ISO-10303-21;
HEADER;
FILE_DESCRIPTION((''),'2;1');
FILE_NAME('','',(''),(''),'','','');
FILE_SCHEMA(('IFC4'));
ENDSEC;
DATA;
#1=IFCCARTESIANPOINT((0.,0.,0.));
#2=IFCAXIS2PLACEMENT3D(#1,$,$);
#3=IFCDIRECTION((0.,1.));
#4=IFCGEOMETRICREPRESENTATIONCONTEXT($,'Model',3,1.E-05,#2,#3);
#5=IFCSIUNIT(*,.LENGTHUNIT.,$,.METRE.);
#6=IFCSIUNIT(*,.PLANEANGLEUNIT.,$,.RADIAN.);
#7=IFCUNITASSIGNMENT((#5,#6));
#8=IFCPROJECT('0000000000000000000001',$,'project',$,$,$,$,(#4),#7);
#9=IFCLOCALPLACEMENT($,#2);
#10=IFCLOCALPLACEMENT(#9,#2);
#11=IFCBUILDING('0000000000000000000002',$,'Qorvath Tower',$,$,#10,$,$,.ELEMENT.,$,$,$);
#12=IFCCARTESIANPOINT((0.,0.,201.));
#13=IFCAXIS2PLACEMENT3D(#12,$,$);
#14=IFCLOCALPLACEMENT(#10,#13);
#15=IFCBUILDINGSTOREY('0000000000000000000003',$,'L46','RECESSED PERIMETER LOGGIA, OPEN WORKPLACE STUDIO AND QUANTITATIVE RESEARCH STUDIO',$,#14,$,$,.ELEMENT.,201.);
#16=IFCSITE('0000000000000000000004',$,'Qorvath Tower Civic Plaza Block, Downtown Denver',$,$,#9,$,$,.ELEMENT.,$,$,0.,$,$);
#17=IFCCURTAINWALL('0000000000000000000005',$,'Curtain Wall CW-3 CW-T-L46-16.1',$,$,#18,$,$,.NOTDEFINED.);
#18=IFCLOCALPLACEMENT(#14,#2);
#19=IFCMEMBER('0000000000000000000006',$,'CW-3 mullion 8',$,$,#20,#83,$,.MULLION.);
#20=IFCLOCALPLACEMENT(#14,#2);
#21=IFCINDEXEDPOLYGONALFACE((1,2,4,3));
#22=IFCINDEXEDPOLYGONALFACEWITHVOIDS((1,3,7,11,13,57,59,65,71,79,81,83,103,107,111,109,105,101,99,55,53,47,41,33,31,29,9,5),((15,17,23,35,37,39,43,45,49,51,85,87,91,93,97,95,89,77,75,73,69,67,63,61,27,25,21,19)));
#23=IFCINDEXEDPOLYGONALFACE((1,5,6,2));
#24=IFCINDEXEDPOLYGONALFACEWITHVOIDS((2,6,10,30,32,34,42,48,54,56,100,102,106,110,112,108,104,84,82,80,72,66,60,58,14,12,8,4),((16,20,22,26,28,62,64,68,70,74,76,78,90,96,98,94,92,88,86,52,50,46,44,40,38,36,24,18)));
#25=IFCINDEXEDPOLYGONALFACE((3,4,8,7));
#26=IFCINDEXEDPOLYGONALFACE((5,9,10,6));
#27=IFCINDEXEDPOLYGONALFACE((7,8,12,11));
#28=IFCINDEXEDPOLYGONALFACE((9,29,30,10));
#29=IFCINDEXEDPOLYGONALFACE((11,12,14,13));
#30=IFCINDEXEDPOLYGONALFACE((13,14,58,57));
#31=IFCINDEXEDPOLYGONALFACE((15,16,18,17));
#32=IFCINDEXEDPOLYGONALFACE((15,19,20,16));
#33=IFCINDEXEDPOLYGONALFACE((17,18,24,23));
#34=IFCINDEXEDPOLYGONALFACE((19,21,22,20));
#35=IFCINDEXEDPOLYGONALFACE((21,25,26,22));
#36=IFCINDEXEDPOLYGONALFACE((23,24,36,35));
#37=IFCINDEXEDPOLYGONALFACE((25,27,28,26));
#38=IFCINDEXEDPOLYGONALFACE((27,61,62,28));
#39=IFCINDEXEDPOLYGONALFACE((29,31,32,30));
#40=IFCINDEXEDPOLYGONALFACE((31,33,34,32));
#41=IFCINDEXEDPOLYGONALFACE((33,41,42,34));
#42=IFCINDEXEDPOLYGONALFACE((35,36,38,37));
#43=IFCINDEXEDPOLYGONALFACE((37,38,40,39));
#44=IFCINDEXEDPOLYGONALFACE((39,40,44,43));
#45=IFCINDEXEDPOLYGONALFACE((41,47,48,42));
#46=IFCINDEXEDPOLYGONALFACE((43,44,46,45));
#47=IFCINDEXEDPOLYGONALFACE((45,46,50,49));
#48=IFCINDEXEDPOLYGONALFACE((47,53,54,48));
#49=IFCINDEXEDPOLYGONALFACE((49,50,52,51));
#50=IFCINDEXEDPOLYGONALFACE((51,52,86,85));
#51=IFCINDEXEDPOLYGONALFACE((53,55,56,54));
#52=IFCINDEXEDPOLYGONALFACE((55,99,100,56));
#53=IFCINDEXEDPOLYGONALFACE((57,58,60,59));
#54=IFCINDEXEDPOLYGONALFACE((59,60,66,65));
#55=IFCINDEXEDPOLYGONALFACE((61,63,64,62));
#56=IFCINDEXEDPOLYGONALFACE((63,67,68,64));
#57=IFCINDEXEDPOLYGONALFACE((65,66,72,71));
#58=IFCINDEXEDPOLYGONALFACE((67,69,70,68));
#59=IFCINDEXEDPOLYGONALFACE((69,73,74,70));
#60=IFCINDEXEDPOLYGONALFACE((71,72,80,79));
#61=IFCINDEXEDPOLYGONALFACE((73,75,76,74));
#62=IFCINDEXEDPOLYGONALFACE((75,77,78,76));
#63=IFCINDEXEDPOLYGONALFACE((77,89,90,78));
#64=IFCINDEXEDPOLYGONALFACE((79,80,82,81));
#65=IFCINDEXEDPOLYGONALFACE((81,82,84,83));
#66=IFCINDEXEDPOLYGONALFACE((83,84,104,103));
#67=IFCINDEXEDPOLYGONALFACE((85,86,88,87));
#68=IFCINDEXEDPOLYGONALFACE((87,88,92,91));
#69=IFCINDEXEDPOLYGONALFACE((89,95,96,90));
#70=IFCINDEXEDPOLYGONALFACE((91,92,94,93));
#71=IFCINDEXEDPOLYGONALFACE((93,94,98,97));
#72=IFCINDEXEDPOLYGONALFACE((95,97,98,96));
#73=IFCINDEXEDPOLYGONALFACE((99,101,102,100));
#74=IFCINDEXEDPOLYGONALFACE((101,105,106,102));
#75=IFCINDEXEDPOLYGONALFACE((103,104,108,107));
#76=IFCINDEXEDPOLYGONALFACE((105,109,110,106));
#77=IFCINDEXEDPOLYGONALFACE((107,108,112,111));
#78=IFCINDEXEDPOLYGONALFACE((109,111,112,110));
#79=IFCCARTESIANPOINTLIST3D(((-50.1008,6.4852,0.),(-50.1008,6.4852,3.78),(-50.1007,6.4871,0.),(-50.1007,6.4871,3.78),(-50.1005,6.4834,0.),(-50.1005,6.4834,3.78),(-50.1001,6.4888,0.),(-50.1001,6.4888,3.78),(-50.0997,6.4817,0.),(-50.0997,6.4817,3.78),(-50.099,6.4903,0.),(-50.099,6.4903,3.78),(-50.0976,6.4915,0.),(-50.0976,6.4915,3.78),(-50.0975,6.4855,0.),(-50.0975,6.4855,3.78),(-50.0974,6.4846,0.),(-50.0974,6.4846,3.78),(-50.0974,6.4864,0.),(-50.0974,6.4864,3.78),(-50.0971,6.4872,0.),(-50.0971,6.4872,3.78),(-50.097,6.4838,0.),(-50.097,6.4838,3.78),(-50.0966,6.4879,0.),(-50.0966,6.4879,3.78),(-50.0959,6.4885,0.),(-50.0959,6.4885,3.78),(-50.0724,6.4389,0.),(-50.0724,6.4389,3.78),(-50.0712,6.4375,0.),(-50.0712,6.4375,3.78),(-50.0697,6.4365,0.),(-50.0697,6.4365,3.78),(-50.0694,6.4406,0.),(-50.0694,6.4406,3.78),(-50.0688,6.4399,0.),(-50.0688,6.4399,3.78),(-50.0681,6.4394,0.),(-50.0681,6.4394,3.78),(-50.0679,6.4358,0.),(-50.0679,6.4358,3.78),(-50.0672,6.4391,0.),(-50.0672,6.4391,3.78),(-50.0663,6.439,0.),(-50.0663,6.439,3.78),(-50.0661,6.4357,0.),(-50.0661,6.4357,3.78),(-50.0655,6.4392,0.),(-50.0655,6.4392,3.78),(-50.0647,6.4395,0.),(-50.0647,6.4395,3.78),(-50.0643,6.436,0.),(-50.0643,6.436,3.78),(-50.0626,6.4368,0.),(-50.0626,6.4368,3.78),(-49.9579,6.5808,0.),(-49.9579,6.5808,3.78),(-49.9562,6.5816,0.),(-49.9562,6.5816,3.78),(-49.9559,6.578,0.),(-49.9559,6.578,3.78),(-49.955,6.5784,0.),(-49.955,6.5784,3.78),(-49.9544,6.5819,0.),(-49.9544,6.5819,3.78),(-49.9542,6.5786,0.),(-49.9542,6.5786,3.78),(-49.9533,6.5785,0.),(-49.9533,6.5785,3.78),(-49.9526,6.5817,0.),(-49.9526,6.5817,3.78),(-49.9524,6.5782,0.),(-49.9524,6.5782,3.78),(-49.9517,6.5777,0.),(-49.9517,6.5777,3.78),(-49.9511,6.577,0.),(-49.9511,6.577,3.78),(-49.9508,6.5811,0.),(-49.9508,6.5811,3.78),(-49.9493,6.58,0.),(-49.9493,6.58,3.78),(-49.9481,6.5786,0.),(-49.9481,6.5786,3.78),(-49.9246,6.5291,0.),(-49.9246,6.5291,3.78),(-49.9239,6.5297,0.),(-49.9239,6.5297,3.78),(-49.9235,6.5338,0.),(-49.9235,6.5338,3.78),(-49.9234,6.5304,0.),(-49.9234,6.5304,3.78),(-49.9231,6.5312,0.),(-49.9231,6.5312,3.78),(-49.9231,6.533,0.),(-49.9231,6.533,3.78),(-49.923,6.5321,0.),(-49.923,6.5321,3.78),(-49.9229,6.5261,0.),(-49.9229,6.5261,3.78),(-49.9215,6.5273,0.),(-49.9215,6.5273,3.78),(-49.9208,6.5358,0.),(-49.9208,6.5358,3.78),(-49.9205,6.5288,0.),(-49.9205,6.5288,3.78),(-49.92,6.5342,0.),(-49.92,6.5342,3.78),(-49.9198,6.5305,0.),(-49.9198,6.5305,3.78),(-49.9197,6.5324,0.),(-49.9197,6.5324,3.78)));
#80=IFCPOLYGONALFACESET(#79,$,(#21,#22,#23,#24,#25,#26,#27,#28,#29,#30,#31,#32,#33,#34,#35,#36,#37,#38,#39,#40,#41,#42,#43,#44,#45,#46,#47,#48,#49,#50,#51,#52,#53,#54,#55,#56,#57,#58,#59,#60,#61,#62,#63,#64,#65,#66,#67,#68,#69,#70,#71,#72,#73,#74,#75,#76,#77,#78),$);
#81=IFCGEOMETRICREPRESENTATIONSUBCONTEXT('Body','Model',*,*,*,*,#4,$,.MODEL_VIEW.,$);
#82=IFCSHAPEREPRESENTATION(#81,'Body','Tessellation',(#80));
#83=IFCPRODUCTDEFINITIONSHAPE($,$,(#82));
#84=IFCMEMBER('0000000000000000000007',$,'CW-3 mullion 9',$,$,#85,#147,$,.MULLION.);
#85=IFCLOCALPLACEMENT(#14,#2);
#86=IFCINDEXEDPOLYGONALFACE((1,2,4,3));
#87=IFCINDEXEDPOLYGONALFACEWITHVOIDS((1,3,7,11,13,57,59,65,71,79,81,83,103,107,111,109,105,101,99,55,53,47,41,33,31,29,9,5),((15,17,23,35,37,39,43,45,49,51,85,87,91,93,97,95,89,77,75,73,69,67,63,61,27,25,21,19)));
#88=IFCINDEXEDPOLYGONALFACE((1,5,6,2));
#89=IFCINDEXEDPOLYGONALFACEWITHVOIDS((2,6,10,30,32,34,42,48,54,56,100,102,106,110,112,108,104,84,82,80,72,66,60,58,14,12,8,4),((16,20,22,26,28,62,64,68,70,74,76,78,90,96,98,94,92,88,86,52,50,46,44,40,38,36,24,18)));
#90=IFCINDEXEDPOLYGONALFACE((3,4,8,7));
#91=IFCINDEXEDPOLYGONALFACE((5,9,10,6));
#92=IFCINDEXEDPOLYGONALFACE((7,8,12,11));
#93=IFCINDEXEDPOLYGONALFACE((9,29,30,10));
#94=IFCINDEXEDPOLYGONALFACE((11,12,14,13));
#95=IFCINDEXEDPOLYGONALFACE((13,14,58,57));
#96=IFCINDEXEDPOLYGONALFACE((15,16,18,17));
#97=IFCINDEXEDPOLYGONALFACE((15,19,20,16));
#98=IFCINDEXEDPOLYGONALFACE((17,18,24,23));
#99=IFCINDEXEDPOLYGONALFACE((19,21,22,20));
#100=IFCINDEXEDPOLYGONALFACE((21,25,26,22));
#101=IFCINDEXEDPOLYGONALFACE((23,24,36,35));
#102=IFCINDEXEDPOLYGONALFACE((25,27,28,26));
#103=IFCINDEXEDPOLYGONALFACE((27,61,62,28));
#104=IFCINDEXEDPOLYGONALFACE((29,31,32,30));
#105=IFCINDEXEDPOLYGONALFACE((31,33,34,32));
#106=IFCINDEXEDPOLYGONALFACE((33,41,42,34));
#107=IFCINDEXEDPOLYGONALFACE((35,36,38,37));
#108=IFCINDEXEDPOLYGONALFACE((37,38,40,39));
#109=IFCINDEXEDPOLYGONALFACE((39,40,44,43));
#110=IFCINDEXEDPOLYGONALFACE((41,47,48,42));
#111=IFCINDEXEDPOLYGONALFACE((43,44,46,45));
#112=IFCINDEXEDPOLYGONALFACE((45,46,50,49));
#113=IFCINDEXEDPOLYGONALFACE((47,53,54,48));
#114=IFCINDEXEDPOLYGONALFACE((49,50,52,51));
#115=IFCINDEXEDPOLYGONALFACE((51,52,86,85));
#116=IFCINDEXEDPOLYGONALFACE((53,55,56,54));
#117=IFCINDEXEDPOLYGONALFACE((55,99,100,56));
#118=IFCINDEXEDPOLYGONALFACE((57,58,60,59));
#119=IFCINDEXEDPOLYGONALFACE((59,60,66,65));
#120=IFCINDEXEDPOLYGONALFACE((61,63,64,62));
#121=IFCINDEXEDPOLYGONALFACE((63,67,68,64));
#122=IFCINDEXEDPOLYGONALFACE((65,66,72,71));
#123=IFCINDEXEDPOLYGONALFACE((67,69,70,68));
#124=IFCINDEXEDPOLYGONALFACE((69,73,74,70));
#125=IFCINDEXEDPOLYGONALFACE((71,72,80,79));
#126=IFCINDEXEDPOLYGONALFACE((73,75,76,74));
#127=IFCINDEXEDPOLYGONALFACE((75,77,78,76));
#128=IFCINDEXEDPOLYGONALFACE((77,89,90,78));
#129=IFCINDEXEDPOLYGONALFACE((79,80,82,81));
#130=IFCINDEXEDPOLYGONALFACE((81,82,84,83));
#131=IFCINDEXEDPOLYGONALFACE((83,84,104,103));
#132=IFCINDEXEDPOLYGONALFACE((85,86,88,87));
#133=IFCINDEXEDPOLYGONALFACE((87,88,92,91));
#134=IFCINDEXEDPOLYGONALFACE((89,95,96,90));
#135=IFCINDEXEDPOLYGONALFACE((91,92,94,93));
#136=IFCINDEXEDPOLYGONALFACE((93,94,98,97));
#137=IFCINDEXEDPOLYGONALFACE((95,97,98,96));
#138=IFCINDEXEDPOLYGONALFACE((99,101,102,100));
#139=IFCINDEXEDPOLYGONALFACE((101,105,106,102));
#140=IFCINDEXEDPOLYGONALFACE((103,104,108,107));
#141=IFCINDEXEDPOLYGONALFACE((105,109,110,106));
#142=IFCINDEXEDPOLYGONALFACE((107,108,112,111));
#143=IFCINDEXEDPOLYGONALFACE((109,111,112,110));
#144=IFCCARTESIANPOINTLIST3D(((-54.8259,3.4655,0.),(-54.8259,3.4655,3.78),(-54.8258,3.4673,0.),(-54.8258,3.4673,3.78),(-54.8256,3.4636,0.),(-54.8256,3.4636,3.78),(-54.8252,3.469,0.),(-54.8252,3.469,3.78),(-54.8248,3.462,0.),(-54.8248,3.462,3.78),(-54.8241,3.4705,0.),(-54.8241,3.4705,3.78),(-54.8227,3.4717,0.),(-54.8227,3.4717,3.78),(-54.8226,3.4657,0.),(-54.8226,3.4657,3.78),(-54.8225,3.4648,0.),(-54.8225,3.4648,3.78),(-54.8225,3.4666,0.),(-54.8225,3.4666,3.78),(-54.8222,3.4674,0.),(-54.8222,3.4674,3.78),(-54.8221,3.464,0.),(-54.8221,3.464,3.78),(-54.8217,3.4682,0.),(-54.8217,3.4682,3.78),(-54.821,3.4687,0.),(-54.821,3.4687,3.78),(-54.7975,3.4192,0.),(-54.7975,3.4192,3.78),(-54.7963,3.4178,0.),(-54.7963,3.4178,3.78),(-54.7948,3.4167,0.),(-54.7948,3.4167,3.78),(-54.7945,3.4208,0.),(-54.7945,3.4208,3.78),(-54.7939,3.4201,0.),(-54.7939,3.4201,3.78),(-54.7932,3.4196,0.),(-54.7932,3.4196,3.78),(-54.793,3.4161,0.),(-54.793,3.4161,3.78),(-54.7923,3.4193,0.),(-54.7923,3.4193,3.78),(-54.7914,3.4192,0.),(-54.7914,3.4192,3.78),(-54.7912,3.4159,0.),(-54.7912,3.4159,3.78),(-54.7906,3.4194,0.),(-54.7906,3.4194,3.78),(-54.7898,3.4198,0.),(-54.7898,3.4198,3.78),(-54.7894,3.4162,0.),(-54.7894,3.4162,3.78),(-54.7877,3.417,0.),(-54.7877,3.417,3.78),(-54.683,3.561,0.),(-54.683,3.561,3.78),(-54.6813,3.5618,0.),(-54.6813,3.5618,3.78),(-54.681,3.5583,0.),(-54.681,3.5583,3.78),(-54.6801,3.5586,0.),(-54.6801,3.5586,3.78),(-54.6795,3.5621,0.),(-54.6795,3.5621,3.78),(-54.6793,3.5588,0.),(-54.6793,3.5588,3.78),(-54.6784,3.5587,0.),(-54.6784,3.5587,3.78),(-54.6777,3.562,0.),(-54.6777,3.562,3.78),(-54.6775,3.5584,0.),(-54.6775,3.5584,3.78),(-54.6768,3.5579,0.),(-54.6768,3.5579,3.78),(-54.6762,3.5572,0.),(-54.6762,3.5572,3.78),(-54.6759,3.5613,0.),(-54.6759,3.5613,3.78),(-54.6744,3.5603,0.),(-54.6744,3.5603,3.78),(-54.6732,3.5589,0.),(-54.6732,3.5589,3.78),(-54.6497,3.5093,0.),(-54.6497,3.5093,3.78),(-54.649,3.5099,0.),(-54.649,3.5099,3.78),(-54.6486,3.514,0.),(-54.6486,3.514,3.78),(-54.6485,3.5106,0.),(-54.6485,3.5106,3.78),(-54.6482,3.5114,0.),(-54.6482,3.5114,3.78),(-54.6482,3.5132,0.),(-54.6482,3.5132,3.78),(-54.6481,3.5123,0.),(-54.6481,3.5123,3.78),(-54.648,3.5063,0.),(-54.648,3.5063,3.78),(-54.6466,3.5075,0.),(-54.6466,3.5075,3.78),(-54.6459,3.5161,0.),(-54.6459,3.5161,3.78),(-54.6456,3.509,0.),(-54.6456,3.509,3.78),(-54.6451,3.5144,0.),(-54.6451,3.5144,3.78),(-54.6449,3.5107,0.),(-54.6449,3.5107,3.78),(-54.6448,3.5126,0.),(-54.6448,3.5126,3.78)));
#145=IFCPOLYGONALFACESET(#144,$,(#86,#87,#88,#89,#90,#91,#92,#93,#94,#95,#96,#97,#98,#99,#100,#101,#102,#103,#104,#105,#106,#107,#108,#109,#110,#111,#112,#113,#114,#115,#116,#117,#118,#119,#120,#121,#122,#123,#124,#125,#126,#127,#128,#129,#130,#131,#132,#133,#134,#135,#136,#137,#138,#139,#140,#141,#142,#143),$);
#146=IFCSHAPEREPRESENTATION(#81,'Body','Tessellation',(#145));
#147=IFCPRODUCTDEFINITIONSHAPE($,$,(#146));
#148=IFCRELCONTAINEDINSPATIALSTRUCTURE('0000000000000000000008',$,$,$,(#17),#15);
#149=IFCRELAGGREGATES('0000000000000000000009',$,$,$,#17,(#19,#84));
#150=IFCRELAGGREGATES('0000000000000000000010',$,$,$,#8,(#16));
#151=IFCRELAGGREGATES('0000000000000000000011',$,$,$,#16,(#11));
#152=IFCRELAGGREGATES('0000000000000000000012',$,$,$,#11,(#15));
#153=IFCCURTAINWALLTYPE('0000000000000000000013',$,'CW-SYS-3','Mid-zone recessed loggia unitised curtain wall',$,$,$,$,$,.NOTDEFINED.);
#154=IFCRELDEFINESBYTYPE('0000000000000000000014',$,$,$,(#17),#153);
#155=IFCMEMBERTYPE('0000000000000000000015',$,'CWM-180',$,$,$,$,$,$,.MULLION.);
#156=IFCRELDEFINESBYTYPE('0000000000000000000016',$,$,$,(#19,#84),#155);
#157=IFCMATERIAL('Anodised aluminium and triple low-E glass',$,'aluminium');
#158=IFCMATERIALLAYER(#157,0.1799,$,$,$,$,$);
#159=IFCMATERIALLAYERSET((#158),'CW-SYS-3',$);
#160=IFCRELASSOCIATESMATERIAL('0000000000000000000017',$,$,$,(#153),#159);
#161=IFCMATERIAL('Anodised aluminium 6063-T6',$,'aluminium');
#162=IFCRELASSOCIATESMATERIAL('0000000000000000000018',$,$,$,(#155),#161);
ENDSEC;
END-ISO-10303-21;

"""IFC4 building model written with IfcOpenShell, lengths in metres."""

from ifc_helpers import new_model, si_unit, direction, frame, origin, origin_2d, place, context, subcontext, project, spatial, hollow_rectangle, extrude, material, layer, layer_set, material_profile, profile_set, type_object, element, aggregate, save


model = new_model("IFC4")

# Units and contexts
model_context = context("Model", 3, precision=1e-05, world=origin(), true_north=direction((0.0, 1.0)))
body_context = subcontext(model_context, "Body", "Model", "MODEL_VIEW")
ifc_project = project(units=[si_unit("LENGTHUNIT", "METRE"), si_unit("PLANEANGLEUNIT", "RADIAN")], contexts=[model_context])

# Site, building, storey
site_placement = place(None, origin())
site = spatial("IfcSite", under=ifc_project, at=site_placement, Name="Qorvath Tower Civic Plaza Block, Downtown Denver", CompositionType="ELEMENT", RefElevation=0.0)
building_placement = place(site_placement, origin())
building = spatial("IfcBuilding", under=site, at=building_placement, Name="Qorvath Tower", CompositionType="ELEMENT")
storey_placement = place(building_placement, frame((0.0, 0.0, 201.0)))
storey = spatial("IfcBuildingStorey", under=building, at=storey_placement, Name="L46", Description="RECESSED PERIMETER LOGGIA, OPEN WORKPLACE STUDIO AND QUANTITATIVE RESEARCH STUDIO", CompositionType="ELEMENT", Elevation=201.0)

# Curtain wall, members
ifc_material_1 = material(Name="Anodised aluminium and triple low-E glass", Category="aluminium")
ifc_layer_1 = layer(ifc_material_1, 0.1799)
ifc_layer_set_1 = layer_set([ifc_layer_1], Name="CW-SYS-3")
curtain_wall_type = type_object("IfcCurtainWallType", Name="CW-SYS-3", Description="Mid-zone recessed loggia unitised curtain wall", PredefinedType="NOTDEFINED", material=ifc_layer_set_1)
curtain_wall_placement = place(storey_placement, origin())
curtain_wall = element("IfcCurtainWall", 1, at=curtain_wall_placement, inside=storey, type_object=curtain_wall_type, Name="Curtain Wall CW-3 CW-T-L46-16.1", PredefinedType="NOTDEFINED")
ifc_material_2 = material(Name="Anodised aluminium 6063-T6", Category="aluminium")
ifc_material_profile_1 = material_profile(ifc_material_2, hollow_rectangle(XDim=0.0649, YDim=0.1799, WallThickness=0.0034, InnerFilletRadius=0.0034, OuterFilletRadius=0.0071, at=origin_2d()), Name="CWM 180x65")
ifc_profile_set_1 = profile_set([ifc_material_profile_1], Name="Anodised aluminium 6063-T6")
member_type_1 = type_object("IfcMemberType", Name="CWM-180", PredefinedType="MULLION", material=ifc_profile_set_1)
member_1_placement = place(storey_placement, frame((-50.0103, 6.5088, 0.0), z_axis=(0.0, 0.0, 1.0), x_axis=(0.538534, -0.842604, 0.0)))
member_1 = element("IfcMember", 2, at=member_1_placement, type_object=member_type_1, Name="CW-3 mullion 8", PredefinedType="MULLION", context=body_context, shape_type="SweptSolid", body=[
    extrude(hollow_rectangle(XDim=0.0649, YDim=0.1799, WallThickness=0.0034, InnerFilletRadius=0.0034, OuterFilletRadius=0.0071, at=origin_2d()), origin(), (0.0, 0.0, 1.0), 3.78),
])
member_2_placement = place(storey_placement, frame((-54.7354, 3.489, 0.0), z_axis=(0.0, 0.0, 1.0), x_axis=(0.538534, -0.842604, 0.0)))
member_2 = element("IfcMember", 3, at=member_2_placement, type_object=member_type_1, Name="CW-3 mullion 9", PredefinedType="MULLION", context=body_context, shape_type="SweptSolid", body=[
    extrude(hollow_rectangle(XDim=0.0649, YDim=0.1799, WallThickness=0.0034, InnerFilletRadius=0.0034, OuterFilletRadius=0.0071, at=origin_2d()), origin(), (0.0, 0.0, 1.0), 3.78),
])

aggregate(curtain_wall, [member_1, member_2])

save(model, "model.ifc")
